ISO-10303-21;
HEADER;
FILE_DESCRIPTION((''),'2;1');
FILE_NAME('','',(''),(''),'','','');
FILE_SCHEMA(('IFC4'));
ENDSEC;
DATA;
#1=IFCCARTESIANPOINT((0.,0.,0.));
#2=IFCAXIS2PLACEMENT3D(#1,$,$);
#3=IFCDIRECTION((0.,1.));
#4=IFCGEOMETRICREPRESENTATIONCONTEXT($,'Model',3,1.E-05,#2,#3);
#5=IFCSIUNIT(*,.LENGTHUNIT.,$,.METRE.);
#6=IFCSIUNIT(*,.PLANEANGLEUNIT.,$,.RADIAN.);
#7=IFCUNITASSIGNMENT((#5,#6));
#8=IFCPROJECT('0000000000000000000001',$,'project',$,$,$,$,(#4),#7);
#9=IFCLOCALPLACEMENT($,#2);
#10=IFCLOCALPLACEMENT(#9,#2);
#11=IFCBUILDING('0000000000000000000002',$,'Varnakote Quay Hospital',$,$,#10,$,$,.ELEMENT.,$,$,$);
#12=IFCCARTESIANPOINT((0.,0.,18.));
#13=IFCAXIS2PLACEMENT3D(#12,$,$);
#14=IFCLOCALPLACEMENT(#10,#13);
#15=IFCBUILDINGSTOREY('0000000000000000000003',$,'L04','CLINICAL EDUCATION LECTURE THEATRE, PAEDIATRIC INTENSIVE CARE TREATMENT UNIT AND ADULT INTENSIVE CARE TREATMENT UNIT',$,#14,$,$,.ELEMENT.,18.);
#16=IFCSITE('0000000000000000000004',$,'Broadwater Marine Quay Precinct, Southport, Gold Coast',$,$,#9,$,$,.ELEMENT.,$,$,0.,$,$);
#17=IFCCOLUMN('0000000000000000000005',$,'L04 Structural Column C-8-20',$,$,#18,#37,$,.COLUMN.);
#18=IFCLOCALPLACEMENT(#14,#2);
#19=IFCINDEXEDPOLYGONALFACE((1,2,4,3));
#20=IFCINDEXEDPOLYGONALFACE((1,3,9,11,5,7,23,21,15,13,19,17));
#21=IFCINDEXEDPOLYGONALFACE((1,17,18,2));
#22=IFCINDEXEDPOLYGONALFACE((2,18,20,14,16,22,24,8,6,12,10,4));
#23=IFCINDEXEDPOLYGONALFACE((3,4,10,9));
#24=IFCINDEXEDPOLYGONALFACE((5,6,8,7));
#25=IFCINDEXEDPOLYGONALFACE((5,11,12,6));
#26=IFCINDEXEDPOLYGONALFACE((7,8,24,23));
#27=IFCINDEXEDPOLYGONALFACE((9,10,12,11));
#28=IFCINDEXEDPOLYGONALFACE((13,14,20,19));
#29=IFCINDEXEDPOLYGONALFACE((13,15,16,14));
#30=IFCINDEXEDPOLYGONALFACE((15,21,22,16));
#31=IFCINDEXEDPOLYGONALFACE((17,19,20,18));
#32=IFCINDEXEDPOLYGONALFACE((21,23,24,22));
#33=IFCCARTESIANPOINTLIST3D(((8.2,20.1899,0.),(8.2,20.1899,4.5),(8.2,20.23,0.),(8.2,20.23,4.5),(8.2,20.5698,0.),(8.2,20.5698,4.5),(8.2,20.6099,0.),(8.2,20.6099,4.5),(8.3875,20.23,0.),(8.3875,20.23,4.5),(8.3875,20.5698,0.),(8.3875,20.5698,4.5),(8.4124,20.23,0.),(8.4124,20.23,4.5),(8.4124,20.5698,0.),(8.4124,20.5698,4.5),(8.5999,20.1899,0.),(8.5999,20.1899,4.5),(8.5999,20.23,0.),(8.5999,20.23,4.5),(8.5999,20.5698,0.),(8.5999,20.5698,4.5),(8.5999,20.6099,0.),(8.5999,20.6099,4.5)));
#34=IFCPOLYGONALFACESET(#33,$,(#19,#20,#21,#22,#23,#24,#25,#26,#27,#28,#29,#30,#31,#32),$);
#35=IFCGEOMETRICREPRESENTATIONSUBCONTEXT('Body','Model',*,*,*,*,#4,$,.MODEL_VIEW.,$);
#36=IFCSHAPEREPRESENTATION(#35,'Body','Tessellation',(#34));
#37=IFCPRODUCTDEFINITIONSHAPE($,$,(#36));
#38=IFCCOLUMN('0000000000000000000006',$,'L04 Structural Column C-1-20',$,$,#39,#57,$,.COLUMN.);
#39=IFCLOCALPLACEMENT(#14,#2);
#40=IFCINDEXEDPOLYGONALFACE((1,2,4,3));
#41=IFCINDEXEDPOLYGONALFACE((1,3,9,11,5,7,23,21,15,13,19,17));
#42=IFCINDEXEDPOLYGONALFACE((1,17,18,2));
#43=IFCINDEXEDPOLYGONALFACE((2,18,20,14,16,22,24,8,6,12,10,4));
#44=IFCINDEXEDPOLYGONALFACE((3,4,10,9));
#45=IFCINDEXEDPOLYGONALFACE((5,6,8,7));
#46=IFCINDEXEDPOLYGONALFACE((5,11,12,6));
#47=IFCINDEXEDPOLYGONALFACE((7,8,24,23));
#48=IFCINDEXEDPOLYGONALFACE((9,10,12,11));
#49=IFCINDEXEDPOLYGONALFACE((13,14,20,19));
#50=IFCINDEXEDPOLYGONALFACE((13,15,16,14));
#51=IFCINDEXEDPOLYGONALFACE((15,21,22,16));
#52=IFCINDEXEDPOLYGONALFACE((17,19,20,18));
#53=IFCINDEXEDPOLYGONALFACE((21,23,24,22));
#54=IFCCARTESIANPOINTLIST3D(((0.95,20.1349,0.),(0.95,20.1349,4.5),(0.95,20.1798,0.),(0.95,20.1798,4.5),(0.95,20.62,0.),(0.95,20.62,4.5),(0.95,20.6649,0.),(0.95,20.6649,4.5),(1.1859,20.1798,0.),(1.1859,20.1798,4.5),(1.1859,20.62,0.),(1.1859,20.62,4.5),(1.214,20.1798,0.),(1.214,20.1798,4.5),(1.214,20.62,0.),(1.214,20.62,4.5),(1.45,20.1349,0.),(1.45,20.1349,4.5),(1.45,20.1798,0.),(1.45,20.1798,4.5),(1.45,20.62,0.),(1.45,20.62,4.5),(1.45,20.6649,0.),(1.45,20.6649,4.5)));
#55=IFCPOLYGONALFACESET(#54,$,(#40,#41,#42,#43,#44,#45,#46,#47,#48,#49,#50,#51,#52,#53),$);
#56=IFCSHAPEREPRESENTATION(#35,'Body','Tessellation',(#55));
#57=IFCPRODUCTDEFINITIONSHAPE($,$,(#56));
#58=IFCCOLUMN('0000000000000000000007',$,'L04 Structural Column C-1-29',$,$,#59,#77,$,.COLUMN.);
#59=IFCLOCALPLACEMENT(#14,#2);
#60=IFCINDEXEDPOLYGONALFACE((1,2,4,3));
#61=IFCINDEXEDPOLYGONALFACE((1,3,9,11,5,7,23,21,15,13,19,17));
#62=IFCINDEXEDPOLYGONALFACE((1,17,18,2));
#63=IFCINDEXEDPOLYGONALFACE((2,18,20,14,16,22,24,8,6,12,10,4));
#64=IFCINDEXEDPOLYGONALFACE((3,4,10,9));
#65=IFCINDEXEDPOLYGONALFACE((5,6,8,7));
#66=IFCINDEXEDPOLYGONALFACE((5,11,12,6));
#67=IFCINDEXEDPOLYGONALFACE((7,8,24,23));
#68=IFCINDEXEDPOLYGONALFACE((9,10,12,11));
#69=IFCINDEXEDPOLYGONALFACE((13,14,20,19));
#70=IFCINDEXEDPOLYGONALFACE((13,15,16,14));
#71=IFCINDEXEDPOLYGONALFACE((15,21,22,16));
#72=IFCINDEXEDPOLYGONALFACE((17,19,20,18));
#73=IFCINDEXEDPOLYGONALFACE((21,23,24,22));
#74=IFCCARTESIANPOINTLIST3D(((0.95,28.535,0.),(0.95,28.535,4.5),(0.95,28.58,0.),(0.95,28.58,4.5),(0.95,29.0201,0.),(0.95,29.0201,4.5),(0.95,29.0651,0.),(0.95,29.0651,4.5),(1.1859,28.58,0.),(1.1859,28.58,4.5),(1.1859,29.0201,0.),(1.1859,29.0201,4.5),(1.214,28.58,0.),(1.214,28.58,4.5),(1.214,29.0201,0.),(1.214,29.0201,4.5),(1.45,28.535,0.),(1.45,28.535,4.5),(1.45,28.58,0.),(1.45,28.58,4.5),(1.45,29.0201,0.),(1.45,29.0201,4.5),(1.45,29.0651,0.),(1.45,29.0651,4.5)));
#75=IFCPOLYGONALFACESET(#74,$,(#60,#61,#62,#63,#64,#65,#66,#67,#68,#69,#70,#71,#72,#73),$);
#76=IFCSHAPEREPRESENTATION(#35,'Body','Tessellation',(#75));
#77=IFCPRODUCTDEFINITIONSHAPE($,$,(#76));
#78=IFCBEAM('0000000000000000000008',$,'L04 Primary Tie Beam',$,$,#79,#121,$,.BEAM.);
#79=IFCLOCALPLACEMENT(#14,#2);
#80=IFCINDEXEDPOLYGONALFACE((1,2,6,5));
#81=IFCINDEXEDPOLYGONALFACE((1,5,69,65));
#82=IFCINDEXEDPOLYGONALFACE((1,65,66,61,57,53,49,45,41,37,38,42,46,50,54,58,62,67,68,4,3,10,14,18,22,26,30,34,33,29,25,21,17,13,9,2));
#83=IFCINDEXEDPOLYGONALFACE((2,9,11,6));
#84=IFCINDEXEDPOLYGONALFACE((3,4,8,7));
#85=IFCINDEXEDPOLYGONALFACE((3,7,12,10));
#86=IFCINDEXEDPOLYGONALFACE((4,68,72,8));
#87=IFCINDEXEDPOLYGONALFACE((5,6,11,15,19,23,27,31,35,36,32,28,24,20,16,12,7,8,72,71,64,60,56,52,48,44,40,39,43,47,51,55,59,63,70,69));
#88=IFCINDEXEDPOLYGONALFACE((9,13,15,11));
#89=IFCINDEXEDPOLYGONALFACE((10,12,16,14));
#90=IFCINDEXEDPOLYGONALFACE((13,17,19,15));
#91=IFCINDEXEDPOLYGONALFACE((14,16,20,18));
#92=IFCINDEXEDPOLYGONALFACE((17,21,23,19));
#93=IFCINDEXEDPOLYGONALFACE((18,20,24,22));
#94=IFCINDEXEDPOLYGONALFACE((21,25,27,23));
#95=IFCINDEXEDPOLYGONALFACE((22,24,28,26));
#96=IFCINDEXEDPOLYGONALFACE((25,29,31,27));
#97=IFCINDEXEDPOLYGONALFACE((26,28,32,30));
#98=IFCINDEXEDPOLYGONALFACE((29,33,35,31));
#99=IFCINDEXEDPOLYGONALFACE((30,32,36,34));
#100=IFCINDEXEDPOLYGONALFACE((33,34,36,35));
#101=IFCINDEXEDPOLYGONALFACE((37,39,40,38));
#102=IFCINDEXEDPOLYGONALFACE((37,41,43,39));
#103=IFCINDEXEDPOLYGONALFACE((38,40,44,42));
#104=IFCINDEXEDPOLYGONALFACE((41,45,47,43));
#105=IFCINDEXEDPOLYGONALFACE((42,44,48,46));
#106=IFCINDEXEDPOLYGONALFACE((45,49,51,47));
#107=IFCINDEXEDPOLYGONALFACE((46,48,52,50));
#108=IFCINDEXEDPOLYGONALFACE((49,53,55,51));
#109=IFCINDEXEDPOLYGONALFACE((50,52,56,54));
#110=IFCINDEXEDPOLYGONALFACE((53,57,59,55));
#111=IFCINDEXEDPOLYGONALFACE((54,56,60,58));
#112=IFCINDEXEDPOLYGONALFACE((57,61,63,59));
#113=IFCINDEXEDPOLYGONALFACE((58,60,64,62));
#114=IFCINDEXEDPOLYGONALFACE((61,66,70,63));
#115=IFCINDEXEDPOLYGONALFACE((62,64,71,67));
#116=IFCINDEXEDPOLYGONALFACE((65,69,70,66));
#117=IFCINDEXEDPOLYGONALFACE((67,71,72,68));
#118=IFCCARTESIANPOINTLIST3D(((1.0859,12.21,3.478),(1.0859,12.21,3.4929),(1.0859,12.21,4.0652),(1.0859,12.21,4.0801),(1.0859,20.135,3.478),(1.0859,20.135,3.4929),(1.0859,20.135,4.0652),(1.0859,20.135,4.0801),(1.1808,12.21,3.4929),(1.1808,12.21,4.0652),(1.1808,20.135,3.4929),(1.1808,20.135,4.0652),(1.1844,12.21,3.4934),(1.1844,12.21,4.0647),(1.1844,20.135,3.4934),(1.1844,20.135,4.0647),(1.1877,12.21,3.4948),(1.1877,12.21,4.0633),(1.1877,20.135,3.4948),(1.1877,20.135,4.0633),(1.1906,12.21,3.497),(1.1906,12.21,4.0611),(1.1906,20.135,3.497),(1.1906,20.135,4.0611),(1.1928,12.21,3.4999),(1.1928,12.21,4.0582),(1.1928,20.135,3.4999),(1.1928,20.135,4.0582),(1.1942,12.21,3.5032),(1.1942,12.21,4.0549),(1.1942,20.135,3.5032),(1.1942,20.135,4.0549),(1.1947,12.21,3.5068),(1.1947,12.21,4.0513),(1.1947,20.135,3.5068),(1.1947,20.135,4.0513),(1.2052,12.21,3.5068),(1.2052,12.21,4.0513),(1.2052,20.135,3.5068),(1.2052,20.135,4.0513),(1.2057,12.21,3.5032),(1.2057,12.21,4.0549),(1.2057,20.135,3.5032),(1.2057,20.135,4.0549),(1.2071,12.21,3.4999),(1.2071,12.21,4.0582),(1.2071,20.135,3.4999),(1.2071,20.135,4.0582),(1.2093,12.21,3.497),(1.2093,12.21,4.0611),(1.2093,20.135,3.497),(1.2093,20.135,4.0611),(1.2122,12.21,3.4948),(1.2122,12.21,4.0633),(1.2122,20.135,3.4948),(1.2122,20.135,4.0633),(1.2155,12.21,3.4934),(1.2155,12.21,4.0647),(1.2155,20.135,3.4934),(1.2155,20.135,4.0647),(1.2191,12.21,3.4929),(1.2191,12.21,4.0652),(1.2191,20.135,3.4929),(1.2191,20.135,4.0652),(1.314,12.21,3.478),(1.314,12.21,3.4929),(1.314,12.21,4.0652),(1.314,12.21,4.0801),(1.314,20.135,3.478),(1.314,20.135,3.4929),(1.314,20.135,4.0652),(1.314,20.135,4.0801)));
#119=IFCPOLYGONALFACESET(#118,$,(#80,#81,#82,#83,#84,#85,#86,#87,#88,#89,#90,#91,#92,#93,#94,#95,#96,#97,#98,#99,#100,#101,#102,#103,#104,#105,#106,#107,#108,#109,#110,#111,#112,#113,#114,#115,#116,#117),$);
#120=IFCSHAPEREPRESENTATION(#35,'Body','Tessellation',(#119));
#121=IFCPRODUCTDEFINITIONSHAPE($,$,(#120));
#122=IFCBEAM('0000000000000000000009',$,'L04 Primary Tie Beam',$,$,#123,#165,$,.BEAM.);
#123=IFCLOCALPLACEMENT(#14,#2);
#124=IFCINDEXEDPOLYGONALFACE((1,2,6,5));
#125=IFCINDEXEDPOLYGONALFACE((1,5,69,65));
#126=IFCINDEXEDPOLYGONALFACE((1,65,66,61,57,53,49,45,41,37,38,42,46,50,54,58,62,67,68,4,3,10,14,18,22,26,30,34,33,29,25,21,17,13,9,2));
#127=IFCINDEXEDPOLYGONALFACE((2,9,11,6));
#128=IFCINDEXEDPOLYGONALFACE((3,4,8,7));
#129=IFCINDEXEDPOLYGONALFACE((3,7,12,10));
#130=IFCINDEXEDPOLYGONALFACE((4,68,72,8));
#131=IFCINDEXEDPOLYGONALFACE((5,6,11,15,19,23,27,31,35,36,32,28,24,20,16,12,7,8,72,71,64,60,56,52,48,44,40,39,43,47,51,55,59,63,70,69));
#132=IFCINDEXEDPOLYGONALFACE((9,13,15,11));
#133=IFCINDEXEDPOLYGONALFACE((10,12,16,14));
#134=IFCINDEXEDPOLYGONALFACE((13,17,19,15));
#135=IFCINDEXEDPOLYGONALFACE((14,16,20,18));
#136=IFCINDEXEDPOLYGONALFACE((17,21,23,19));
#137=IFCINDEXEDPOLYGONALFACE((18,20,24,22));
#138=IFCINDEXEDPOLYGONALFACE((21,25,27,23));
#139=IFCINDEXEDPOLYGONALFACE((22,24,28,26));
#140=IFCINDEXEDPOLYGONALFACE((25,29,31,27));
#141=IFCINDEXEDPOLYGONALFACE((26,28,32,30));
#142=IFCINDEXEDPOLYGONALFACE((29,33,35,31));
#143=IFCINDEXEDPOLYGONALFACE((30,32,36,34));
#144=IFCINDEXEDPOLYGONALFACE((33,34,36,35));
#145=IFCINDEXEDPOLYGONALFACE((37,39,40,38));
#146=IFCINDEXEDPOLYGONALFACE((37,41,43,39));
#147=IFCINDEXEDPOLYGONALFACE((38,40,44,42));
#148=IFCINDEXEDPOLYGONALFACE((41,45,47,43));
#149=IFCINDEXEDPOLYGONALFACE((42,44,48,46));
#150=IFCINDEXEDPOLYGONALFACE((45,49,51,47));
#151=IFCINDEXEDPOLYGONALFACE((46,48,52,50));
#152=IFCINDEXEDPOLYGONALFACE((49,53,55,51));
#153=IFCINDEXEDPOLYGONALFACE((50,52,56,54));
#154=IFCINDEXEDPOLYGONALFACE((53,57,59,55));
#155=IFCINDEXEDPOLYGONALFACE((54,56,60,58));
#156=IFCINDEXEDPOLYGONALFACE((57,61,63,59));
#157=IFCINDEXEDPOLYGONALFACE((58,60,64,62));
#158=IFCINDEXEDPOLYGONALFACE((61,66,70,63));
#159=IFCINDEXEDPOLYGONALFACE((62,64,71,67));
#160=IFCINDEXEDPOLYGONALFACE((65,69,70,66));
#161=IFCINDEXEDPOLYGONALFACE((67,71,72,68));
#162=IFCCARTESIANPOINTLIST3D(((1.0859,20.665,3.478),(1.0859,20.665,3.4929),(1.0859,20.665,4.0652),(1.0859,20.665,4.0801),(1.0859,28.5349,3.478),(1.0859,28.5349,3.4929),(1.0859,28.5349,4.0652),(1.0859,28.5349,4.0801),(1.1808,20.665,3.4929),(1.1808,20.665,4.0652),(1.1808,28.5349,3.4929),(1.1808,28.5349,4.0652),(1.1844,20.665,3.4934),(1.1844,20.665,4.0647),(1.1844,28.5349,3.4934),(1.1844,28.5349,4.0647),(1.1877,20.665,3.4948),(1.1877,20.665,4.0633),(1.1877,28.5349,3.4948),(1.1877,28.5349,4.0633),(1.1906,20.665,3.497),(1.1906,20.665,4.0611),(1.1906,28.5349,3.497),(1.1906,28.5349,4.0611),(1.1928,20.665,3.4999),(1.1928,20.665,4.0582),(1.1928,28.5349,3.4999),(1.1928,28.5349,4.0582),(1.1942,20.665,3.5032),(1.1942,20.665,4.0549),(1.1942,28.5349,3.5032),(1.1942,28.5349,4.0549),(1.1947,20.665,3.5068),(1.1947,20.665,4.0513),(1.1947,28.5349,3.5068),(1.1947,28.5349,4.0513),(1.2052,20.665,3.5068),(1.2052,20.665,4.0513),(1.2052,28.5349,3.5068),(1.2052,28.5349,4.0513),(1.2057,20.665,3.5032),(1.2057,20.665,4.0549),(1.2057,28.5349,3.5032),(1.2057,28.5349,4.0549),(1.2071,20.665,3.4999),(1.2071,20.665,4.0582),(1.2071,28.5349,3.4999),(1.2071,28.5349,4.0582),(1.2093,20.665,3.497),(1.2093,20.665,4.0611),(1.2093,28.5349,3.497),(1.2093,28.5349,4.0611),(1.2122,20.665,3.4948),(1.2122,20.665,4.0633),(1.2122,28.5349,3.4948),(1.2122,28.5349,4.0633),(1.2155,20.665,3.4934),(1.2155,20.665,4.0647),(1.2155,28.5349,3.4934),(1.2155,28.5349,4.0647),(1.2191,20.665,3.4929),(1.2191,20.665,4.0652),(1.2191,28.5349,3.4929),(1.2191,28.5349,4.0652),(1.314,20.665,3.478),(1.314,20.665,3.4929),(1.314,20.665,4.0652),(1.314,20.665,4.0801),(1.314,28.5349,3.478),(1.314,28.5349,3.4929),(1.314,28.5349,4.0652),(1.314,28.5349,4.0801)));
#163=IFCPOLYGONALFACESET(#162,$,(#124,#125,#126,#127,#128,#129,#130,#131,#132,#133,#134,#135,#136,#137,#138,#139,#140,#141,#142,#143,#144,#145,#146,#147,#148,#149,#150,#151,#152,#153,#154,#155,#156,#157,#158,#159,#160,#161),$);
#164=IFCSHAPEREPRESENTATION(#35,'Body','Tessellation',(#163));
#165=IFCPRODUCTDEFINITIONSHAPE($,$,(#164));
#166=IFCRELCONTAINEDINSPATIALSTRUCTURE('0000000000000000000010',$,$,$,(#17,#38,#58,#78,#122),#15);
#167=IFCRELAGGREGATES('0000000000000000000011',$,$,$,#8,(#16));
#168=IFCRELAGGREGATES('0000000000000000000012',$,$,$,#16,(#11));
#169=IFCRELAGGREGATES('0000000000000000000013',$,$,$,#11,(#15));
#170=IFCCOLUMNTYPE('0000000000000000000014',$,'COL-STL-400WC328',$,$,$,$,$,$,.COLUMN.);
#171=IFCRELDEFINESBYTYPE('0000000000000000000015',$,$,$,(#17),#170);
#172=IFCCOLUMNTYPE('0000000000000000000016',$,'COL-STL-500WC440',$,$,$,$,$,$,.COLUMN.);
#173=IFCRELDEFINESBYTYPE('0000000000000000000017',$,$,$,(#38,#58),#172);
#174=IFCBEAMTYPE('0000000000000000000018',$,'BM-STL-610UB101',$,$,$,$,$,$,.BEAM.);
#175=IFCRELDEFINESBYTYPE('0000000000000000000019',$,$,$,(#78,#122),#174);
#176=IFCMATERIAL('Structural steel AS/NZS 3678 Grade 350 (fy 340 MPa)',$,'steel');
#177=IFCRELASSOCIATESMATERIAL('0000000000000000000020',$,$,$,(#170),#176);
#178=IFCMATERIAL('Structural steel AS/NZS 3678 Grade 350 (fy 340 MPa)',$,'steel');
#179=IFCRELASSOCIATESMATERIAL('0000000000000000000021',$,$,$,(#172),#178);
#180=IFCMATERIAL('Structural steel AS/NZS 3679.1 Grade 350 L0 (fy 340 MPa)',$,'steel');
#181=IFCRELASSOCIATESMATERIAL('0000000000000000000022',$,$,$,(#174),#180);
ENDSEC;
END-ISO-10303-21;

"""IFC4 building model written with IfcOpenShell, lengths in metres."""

from ifc_helpers import new_model, si_unit, direction, frame, origin, origin_2d, place, context, subcontext, project, spatial, i_section, extrude, material, material_profile, profile_set, type_object, element, save


model = new_model("IFC4")

# Units and contexts
model_context = context("Model", 3, precision=1e-05, world=origin(), true_north=direction((0.0, 1.0)))
body_context = subcontext(model_context, "Body", "Model", "MODEL_VIEW")
ifc_project = project(units=[si_unit("LENGTHUNIT", "METRE"), si_unit("PLANEANGLEUNIT", "RADIAN")], contexts=[model_context])

# Site, building, storey
site_placement = place(None, origin())
site = spatial("IfcSite", under=ifc_project, at=site_placement, Name="Broadwater Marine Quay Precinct, Southport, Gold Coast", CompositionType="ELEMENT", RefElevation=0.0)
building_placement = place(site_placement, origin())
building = spatial("IfcBuilding", under=site, at=building_placement, Name="Varnakote Quay Hospital", CompositionType="ELEMENT")
storey_placement = place(building_placement, frame((0.0, 0.0, 18.0)))
storey = spatial("IfcBuildingStorey", under=building, at=storey_placement, Name="L04", Description="CLINICAL EDUCATION LECTURE THEATRE, PAEDIATRIC INTENSIVE CARE TREATMENT UNIT AND ADULT INTENSIVE CARE TREATMENT UNIT", CompositionType="ELEMENT", Elevation=18.0)

# Columns
ifc_material_1 = material(Name="Structural steel AS/NZS 3678 Grade 350 (fy 340 MPa)", Category="steel")
ifc_material_profile_1 = material_profile(ifc_material_1, i_section(OverallWidth=0.3999, OverallDepth=0.4199, WebThickness=0.0249, FlangeThickness=0.04, at=origin_2d()), Name="400WC328")
ifc_profile_set_1 = profile_set([ifc_material_profile_1], Name="Structural steel AS/NZS 3678 Grade 350 (fy 340 MPa)")
column_type_1 = type_object("IfcColumnType", Name="COL-STL-400WC328", PredefinedType="COLUMN", material=ifc_profile_set_1)
column_placement = place(storey_placement, frame((8.3999, 20.3999, 0.0), z_axis=(0.0, 0.0, 1.0), x_axis=(1.0, 0.0, 0.0)))
element("IfcColumn", 1, at=column_placement, inside=storey, type_object=column_type_1, Name="L04 Structural Column C-8-20", PredefinedType="COLUMN", context=body_context, shape_type="SweptSolid", body=[
    extrude(i_section(OverallWidth=0.3999, OverallDepth=0.4199, WebThickness=0.0249, FlangeThickness=0.04, at=origin_2d()), origin(), (0.0, 0.0, 1.0), 4.5),
])
ifc_material_2 = material(Name="Structural steel AS/NZS 3678 Grade 350 (fy 340 MPa)", Category="steel")
ifc_material_profile_2 = material_profile(ifc_material_2, i_section(OverallWidth=0.5, OverallDepth=0.53, WebThickness=0.0281, FlangeThickness=0.0449, at=origin_2d()), Name="500WC440")
ifc_profile_set_2 = profile_set([ifc_material_profile_2], Name="Structural steel AS/NZS 3678 Grade 350 (fy 340 MPa)")
column_type_2 = type_object("IfcColumnType", Name="COL-STL-500WC440", PredefinedType="COLUMN", material=ifc_profile_set_2)
for number, where, z_axis, x_axis, name in (
    (2, (1.2, 20.3999, 0.0), (0.0, 0.0, 1.0), (1.0, 0.0, 0.0), "L04 Structural Column C-1-20"),
    (3, (1.2, 28.8, 0.0), (0.0, 0.0, 1.0), (1.0, 0.0, 0.0), "L04 Structural Column C-1-29"),
):
    element("IfcColumn", number, at=place(storey_placement, frame(where, z_axis=z_axis, x_axis=x_axis)), inside=storey, type_object=column_type_2, Name=name, PredefinedType="COLUMN", context=body_context, shape_type="SweptSolid", body=[
        extrude(i_section(OverallWidth=0.5, OverallDepth=0.53, WebThickness=0.0281, FlangeThickness=0.0449, at=origin_2d()), origin(), (0.0, 0.0, 1.0), 4.5),
    ])

# Beams
ifc_material_3 = material(Name="Structural steel AS/NZS 3679.1 Grade 350 L0 (fy 340 MPa)", Category="steel")
ifc_material_profile_3 = material_profile(ifc_material_3, i_section(OverallWidth=0.228, OverallDepth=0.6021, WebThickness=0.0105, FlangeThickness=0.0149, FilletRadius=0.0139, at=origin_2d()), Name="610UB101")
ifc_profile_set_3 = profile_set([ifc_material_profile_3], Name="Structural steel AS/NZS 3679.1 Grade 350 L0 (fy 340 MPa)")
beam_type_1 = type_object("IfcBeamType", Name="BM-STL-610UB101", PredefinedType="BEAM", material=ifc_profile_set_3)
beam_1_placement = place(storey_placement, frame((1.2, 12.21, 3.7791), z_axis=(0.0, 1.0, 0.0), x_axis=(-1.0, 0.0, 0.0)))
element("IfcBeam", 4, at=beam_1_placement, inside=storey, type_object=beam_type_1, Name="L04 Primary Tie Beam", PredefinedType="BEAM", context=body_context, shape_type="SweptSolid", body=[
    extrude(i_section(OverallWidth=0.228, OverallDepth=0.6021, WebThickness=0.0105, FlangeThickness=0.0149, FilletRadius=0.0139, at=origin_2d()), origin(), (0.0, 0.0, 1.0), 7.925),
])
beam_2_placement = place(storey_placement, frame((1.2, 20.665, 3.7791), z_axis=(0.0, 1.0, 0.0), x_axis=(-1.0, 0.0, 0.0)))
element("IfcBeam", 5, at=beam_2_placement, inside=storey, type_object=beam_type_1, Name="L04 Primary Tie Beam", PredefinedType="BEAM", context=body_context, shape_type="SweptSolid", body=[
    extrude(i_section(OverallWidth=0.228, OverallDepth=0.6021, WebThickness=0.0105, FlangeThickness=0.0149, FilletRadius=0.0139, at=origin_2d()), origin(), (0.0, 0.0, 1.0), 7.8699),
])

save(model, "model.ifc")
